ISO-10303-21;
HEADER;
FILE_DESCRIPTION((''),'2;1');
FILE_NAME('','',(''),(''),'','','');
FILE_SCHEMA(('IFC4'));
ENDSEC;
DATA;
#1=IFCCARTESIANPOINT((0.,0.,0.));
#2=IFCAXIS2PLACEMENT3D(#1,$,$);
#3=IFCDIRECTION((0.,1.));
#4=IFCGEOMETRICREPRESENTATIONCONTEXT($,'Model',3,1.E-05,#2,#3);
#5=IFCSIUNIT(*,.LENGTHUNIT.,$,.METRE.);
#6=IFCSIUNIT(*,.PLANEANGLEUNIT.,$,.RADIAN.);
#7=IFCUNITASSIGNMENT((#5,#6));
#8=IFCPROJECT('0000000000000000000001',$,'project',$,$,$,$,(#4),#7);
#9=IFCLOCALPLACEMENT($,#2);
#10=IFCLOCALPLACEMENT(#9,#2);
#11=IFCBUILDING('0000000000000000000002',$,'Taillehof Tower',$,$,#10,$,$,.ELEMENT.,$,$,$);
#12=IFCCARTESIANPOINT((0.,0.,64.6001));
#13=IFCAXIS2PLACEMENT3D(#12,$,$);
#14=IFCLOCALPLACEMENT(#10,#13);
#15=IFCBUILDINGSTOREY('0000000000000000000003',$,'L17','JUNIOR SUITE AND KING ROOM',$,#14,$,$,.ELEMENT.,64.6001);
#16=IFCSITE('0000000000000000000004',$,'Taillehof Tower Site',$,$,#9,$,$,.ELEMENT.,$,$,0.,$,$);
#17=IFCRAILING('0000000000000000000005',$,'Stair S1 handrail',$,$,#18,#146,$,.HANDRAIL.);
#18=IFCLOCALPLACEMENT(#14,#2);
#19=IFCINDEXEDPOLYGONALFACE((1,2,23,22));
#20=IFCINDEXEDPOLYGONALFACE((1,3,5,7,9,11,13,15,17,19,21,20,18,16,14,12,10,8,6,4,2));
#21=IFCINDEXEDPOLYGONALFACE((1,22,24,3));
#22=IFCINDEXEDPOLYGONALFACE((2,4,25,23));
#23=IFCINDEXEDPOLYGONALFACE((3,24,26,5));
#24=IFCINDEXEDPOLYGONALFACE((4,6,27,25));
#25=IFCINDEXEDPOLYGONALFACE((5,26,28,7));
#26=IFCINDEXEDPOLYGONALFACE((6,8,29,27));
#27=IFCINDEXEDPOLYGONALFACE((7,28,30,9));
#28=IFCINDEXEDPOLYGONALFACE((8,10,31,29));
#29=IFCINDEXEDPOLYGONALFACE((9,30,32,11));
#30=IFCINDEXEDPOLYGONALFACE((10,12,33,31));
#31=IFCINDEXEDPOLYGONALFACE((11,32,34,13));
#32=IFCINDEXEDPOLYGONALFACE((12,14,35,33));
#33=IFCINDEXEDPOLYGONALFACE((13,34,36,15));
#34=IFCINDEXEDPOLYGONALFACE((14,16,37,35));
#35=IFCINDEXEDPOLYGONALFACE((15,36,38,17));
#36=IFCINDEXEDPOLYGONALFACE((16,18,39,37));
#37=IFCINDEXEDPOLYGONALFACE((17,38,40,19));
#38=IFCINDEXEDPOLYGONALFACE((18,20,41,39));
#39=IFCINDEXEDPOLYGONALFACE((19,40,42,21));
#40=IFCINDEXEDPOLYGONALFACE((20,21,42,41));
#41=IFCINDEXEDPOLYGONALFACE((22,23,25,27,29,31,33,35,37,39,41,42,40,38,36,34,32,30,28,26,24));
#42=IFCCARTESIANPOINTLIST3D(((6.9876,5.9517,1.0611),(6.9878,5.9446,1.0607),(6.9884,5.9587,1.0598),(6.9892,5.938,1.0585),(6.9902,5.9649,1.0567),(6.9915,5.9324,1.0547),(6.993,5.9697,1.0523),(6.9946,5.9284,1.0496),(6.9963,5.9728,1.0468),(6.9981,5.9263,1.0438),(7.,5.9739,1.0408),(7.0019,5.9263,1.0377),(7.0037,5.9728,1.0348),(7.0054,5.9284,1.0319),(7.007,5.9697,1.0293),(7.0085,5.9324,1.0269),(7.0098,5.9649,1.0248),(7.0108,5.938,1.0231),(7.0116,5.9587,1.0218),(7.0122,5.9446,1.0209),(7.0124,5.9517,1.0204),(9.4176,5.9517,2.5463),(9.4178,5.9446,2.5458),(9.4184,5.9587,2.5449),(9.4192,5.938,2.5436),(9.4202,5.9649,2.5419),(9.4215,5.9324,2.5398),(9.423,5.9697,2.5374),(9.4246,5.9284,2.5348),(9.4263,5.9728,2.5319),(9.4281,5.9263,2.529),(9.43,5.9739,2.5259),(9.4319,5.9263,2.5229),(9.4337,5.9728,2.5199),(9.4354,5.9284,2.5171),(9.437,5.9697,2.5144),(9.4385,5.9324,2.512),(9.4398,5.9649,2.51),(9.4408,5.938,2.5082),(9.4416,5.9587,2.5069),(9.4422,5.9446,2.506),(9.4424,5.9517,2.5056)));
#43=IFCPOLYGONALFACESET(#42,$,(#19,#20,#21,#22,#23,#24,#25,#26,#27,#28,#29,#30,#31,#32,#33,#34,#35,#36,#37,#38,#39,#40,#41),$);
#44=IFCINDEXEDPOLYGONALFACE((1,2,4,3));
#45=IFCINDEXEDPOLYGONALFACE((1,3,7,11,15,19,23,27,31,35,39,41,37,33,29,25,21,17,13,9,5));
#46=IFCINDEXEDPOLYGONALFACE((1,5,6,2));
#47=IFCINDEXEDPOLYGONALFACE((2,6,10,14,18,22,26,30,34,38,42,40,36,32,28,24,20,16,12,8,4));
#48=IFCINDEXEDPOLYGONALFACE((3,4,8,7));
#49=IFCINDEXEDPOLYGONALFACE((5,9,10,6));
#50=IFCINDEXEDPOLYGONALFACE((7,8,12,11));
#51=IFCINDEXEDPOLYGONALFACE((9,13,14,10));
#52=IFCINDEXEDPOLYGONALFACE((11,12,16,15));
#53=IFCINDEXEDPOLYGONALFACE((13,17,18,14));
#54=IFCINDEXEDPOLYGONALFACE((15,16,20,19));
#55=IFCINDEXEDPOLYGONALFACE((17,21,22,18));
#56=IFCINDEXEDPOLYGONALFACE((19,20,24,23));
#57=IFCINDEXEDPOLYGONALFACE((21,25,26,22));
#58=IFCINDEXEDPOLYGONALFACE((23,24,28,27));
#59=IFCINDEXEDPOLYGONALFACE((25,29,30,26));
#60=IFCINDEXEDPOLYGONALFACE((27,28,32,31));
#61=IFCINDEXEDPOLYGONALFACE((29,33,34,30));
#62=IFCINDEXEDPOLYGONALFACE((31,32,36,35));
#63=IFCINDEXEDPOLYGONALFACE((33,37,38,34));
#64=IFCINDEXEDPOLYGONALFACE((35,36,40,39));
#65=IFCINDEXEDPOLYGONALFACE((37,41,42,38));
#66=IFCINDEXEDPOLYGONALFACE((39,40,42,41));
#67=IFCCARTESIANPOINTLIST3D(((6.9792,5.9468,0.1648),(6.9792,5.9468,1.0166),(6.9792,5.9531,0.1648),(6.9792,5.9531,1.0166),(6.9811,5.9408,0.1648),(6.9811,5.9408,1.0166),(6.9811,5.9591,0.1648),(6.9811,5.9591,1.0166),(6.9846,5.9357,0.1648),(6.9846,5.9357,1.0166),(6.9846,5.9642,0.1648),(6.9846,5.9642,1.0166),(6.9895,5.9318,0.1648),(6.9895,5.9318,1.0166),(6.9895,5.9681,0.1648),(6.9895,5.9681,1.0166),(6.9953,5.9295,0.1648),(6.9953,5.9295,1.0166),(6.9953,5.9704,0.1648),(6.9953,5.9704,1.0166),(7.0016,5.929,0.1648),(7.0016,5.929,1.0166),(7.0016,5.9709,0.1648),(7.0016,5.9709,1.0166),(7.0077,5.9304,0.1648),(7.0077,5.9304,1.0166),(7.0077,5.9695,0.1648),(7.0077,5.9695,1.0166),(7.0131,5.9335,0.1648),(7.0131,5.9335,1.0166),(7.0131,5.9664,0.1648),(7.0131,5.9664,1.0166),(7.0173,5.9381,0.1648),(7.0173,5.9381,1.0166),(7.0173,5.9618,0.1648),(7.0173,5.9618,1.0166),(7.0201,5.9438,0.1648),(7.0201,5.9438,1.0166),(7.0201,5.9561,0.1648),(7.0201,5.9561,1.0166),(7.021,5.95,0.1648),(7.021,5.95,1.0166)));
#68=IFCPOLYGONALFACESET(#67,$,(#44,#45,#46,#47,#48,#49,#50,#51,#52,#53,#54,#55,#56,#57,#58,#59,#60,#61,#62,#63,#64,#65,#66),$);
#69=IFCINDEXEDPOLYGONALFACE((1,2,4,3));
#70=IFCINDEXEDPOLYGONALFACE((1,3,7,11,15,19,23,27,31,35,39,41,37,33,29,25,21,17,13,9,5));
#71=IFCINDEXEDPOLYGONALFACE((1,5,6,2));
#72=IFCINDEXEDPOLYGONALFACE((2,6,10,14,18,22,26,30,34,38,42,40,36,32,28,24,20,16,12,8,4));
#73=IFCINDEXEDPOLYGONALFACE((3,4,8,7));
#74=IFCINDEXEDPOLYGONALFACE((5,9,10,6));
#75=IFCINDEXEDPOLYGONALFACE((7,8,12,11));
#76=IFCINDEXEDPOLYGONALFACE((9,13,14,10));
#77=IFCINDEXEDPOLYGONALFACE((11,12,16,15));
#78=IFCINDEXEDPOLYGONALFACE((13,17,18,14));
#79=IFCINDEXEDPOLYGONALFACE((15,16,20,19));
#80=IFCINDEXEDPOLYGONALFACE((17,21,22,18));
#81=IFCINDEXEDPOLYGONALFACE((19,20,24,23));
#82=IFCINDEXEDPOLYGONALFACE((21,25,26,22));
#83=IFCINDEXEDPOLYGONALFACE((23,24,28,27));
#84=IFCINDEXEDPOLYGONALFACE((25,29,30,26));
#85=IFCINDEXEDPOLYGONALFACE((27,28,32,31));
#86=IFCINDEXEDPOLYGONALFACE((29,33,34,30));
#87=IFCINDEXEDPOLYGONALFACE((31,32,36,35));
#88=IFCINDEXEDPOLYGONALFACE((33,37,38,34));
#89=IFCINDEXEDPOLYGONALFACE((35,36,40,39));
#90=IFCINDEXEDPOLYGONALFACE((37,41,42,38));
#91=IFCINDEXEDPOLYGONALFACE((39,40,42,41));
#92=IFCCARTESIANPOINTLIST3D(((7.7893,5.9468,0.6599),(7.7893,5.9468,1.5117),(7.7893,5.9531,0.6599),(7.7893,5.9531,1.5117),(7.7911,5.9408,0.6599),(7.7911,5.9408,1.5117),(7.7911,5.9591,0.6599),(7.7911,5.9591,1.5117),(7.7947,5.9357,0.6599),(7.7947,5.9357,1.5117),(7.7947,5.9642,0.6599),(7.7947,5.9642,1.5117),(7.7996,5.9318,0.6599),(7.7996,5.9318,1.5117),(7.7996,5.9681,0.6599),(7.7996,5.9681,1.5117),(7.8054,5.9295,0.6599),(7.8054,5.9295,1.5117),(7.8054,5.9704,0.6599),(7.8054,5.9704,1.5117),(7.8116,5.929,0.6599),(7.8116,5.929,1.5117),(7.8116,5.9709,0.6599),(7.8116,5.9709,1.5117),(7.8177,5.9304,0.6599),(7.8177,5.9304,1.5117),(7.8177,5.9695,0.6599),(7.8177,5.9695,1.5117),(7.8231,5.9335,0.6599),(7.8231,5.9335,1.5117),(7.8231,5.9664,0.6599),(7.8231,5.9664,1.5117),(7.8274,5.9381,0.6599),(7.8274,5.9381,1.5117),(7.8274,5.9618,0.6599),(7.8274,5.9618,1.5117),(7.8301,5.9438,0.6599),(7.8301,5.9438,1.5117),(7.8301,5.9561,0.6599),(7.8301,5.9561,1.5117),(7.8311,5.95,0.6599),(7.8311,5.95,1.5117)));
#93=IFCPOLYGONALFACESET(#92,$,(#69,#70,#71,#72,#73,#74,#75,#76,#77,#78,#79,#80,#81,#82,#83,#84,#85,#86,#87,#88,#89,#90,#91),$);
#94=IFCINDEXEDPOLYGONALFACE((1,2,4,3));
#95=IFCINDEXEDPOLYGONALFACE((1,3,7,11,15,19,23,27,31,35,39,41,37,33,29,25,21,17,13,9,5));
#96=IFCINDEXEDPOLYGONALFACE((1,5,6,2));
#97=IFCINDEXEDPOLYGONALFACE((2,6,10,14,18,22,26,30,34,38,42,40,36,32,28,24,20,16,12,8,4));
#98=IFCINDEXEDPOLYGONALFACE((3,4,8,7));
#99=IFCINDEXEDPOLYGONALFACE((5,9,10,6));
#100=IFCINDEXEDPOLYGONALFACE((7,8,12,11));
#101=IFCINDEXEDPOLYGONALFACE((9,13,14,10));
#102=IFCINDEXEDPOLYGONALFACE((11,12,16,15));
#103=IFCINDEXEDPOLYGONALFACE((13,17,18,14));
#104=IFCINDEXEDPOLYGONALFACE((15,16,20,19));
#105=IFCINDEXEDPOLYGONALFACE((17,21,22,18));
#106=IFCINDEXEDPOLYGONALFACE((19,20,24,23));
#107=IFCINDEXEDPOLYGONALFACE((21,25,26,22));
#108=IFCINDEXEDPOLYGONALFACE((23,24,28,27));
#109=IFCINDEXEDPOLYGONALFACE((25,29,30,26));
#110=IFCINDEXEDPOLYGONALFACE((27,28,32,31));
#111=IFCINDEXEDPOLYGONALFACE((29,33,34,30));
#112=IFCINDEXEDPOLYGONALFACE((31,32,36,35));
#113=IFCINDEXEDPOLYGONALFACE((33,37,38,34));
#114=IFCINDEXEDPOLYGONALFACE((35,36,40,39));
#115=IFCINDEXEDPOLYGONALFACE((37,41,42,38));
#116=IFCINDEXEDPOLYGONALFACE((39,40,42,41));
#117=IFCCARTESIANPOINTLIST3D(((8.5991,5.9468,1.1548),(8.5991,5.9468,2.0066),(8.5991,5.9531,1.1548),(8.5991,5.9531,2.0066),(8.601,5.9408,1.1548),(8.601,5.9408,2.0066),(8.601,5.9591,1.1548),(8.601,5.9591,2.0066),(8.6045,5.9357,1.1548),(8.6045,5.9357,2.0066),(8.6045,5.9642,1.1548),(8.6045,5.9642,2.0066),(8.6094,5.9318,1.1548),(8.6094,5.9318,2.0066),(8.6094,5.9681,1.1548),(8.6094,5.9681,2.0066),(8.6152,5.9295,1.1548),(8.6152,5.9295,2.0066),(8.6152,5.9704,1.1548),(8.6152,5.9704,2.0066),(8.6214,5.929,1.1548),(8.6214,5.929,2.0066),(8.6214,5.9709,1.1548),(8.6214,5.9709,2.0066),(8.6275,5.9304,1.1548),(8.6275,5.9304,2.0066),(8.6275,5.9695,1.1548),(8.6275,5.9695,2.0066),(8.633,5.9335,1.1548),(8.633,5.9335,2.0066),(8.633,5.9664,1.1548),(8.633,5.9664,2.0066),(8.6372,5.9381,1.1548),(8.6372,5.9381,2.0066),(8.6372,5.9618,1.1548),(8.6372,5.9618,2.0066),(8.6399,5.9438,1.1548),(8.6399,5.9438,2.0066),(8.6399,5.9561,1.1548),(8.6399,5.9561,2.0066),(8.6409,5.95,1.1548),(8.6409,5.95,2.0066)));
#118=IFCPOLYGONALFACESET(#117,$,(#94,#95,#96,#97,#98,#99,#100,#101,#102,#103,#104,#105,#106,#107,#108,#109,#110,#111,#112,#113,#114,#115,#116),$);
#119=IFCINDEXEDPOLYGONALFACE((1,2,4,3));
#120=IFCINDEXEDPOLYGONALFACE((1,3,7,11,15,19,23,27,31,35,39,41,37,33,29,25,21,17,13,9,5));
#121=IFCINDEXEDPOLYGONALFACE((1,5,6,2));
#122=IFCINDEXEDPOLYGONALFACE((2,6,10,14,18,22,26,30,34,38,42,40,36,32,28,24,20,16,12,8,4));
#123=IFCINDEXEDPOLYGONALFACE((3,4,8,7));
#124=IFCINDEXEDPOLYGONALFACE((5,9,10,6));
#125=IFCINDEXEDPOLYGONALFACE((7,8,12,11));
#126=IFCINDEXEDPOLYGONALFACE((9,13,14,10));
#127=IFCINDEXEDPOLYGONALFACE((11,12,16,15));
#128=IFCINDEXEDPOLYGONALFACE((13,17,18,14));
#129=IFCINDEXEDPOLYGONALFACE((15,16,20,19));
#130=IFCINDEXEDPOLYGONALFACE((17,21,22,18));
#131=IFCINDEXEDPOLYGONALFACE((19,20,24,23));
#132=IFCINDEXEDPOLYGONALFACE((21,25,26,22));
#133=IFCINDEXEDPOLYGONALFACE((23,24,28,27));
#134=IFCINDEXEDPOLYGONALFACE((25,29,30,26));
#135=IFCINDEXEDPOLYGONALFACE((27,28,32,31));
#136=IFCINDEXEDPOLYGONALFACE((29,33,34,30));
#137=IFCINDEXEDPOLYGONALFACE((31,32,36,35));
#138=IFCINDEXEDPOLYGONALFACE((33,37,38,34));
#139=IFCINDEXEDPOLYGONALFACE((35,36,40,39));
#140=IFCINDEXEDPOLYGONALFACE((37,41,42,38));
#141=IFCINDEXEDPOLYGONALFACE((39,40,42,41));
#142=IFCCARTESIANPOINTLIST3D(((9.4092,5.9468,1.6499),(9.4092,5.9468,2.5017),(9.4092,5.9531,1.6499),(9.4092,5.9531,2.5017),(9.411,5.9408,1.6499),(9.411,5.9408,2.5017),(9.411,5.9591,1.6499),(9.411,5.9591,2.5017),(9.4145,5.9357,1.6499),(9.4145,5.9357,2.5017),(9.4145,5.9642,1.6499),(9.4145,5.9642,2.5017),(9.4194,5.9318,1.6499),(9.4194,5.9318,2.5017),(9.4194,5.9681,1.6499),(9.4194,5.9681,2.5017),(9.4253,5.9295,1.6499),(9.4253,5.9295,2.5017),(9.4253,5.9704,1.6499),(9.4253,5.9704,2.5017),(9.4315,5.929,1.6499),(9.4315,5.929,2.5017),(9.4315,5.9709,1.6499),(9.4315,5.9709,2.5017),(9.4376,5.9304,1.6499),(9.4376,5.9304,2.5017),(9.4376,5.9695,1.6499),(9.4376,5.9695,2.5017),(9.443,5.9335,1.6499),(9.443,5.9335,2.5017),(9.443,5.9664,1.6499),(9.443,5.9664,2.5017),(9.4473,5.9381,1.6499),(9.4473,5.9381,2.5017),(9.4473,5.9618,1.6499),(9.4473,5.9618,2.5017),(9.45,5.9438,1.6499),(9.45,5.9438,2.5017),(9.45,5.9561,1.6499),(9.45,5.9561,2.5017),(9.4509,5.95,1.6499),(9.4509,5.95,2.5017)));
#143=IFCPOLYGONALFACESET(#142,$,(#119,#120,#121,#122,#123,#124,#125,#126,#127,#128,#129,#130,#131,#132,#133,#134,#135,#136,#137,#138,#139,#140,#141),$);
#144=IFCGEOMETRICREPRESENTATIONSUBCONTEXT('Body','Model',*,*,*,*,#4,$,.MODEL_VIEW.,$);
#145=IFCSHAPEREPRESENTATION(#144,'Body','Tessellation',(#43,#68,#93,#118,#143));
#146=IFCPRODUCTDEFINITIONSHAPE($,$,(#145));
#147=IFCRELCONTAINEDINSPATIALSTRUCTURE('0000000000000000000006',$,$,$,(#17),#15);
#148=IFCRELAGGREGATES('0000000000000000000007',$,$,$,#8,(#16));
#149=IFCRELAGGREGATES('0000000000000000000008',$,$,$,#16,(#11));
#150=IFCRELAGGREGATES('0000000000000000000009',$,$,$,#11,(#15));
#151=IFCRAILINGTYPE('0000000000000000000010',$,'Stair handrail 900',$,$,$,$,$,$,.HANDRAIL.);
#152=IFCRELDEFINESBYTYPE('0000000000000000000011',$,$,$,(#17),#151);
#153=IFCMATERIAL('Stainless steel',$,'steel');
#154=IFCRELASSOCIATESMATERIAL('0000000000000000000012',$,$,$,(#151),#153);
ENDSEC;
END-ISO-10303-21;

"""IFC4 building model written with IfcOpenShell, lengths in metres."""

from ifc_helpers import new_model, si_unit, direction, frame, origin, origin_2d, place, context, subcontext, project, spatial, circle, extrude, material, type_object, element, save


model = new_model("IFC4")

# Units and contexts
model_context = context("Model", 3, precision=1e-05, world=origin(), true_north=direction((0.0, 1.0)))
body_context = subcontext(model_context, "Body", "Model", "MODEL_VIEW")
ifc_project = project(units=[si_unit("LENGTHUNIT", "METRE"), si_unit("PLANEANGLEUNIT", "RADIAN")], contexts=[model_context])

# Site, building, storey
site_placement = place(None, origin())
site = spatial("IfcSite", under=ifc_project, at=site_placement, Name="Taillehof Tower Site", CompositionType="ELEMENT", RefElevation=0.0)
building_placement = place(site_placement, origin())
building = spatial("IfcBuilding", under=site, at=building_placement, Name="Taillehof Tower", CompositionType="ELEMENT")
storey_placement = place(building_placement, frame((0.0, 0.0, 64.6001)))
storey = spatial("IfcBuildingStorey", under=building, at=storey_placement, Name="L17", Description="JUNIOR SUITE AND KING ROOM", CompositionType="ELEMENT", Elevation=64.6001)

# Railing
ifc_material_1 = material(Name="Stainless steel", Category="steel")
railing_type = type_object("IfcRailingType", Name="Stair handrail 900", PredefinedType="HANDRAIL", material=ifc_material_1)
railing_1_placement = place(storey_placement, frame((7.0, 5.95, 0.1648)))
element("IfcRailing", 1, at=railing_1_placement, inside=storey, type_object=railing_type, Name="Stair S1 handrail", PredefinedType="HANDRAIL", context=body_context, shape_type="SweptSolid", body=[
    extrude(circle(Radius=0.0239, at=origin_2d()), frame((0.0, 0.0, 0.876), z_axis=(0.853259, 0.0, 0.521488), x_axis=(0.0, 1.0, 0.0)), (0.0, 0.0, 1.0), 2.8479),
    extrude(circle(Radius=0.021, at=origin_2d()), origin(), (0.0, 0.0, 1.0), 0.8518),
    extrude(circle(Radius=0.021, at=origin_2d()), frame((0.8101, 0.0, 0.4951)), (0.0, 0.0, 1.0), 0.8518),
    extrude(circle(Radius=0.021, at=origin_2d()), frame((1.6199, 0.0, 0.99)), (0.0, 0.0, 1.0), 0.8518),
    extrude(circle(Radius=0.021, at=origin_2d()), frame((2.4299, 0.0, 1.4851)), (0.0, 0.0, 1.0), 0.8518),
])

save(model, "model.ifc")
